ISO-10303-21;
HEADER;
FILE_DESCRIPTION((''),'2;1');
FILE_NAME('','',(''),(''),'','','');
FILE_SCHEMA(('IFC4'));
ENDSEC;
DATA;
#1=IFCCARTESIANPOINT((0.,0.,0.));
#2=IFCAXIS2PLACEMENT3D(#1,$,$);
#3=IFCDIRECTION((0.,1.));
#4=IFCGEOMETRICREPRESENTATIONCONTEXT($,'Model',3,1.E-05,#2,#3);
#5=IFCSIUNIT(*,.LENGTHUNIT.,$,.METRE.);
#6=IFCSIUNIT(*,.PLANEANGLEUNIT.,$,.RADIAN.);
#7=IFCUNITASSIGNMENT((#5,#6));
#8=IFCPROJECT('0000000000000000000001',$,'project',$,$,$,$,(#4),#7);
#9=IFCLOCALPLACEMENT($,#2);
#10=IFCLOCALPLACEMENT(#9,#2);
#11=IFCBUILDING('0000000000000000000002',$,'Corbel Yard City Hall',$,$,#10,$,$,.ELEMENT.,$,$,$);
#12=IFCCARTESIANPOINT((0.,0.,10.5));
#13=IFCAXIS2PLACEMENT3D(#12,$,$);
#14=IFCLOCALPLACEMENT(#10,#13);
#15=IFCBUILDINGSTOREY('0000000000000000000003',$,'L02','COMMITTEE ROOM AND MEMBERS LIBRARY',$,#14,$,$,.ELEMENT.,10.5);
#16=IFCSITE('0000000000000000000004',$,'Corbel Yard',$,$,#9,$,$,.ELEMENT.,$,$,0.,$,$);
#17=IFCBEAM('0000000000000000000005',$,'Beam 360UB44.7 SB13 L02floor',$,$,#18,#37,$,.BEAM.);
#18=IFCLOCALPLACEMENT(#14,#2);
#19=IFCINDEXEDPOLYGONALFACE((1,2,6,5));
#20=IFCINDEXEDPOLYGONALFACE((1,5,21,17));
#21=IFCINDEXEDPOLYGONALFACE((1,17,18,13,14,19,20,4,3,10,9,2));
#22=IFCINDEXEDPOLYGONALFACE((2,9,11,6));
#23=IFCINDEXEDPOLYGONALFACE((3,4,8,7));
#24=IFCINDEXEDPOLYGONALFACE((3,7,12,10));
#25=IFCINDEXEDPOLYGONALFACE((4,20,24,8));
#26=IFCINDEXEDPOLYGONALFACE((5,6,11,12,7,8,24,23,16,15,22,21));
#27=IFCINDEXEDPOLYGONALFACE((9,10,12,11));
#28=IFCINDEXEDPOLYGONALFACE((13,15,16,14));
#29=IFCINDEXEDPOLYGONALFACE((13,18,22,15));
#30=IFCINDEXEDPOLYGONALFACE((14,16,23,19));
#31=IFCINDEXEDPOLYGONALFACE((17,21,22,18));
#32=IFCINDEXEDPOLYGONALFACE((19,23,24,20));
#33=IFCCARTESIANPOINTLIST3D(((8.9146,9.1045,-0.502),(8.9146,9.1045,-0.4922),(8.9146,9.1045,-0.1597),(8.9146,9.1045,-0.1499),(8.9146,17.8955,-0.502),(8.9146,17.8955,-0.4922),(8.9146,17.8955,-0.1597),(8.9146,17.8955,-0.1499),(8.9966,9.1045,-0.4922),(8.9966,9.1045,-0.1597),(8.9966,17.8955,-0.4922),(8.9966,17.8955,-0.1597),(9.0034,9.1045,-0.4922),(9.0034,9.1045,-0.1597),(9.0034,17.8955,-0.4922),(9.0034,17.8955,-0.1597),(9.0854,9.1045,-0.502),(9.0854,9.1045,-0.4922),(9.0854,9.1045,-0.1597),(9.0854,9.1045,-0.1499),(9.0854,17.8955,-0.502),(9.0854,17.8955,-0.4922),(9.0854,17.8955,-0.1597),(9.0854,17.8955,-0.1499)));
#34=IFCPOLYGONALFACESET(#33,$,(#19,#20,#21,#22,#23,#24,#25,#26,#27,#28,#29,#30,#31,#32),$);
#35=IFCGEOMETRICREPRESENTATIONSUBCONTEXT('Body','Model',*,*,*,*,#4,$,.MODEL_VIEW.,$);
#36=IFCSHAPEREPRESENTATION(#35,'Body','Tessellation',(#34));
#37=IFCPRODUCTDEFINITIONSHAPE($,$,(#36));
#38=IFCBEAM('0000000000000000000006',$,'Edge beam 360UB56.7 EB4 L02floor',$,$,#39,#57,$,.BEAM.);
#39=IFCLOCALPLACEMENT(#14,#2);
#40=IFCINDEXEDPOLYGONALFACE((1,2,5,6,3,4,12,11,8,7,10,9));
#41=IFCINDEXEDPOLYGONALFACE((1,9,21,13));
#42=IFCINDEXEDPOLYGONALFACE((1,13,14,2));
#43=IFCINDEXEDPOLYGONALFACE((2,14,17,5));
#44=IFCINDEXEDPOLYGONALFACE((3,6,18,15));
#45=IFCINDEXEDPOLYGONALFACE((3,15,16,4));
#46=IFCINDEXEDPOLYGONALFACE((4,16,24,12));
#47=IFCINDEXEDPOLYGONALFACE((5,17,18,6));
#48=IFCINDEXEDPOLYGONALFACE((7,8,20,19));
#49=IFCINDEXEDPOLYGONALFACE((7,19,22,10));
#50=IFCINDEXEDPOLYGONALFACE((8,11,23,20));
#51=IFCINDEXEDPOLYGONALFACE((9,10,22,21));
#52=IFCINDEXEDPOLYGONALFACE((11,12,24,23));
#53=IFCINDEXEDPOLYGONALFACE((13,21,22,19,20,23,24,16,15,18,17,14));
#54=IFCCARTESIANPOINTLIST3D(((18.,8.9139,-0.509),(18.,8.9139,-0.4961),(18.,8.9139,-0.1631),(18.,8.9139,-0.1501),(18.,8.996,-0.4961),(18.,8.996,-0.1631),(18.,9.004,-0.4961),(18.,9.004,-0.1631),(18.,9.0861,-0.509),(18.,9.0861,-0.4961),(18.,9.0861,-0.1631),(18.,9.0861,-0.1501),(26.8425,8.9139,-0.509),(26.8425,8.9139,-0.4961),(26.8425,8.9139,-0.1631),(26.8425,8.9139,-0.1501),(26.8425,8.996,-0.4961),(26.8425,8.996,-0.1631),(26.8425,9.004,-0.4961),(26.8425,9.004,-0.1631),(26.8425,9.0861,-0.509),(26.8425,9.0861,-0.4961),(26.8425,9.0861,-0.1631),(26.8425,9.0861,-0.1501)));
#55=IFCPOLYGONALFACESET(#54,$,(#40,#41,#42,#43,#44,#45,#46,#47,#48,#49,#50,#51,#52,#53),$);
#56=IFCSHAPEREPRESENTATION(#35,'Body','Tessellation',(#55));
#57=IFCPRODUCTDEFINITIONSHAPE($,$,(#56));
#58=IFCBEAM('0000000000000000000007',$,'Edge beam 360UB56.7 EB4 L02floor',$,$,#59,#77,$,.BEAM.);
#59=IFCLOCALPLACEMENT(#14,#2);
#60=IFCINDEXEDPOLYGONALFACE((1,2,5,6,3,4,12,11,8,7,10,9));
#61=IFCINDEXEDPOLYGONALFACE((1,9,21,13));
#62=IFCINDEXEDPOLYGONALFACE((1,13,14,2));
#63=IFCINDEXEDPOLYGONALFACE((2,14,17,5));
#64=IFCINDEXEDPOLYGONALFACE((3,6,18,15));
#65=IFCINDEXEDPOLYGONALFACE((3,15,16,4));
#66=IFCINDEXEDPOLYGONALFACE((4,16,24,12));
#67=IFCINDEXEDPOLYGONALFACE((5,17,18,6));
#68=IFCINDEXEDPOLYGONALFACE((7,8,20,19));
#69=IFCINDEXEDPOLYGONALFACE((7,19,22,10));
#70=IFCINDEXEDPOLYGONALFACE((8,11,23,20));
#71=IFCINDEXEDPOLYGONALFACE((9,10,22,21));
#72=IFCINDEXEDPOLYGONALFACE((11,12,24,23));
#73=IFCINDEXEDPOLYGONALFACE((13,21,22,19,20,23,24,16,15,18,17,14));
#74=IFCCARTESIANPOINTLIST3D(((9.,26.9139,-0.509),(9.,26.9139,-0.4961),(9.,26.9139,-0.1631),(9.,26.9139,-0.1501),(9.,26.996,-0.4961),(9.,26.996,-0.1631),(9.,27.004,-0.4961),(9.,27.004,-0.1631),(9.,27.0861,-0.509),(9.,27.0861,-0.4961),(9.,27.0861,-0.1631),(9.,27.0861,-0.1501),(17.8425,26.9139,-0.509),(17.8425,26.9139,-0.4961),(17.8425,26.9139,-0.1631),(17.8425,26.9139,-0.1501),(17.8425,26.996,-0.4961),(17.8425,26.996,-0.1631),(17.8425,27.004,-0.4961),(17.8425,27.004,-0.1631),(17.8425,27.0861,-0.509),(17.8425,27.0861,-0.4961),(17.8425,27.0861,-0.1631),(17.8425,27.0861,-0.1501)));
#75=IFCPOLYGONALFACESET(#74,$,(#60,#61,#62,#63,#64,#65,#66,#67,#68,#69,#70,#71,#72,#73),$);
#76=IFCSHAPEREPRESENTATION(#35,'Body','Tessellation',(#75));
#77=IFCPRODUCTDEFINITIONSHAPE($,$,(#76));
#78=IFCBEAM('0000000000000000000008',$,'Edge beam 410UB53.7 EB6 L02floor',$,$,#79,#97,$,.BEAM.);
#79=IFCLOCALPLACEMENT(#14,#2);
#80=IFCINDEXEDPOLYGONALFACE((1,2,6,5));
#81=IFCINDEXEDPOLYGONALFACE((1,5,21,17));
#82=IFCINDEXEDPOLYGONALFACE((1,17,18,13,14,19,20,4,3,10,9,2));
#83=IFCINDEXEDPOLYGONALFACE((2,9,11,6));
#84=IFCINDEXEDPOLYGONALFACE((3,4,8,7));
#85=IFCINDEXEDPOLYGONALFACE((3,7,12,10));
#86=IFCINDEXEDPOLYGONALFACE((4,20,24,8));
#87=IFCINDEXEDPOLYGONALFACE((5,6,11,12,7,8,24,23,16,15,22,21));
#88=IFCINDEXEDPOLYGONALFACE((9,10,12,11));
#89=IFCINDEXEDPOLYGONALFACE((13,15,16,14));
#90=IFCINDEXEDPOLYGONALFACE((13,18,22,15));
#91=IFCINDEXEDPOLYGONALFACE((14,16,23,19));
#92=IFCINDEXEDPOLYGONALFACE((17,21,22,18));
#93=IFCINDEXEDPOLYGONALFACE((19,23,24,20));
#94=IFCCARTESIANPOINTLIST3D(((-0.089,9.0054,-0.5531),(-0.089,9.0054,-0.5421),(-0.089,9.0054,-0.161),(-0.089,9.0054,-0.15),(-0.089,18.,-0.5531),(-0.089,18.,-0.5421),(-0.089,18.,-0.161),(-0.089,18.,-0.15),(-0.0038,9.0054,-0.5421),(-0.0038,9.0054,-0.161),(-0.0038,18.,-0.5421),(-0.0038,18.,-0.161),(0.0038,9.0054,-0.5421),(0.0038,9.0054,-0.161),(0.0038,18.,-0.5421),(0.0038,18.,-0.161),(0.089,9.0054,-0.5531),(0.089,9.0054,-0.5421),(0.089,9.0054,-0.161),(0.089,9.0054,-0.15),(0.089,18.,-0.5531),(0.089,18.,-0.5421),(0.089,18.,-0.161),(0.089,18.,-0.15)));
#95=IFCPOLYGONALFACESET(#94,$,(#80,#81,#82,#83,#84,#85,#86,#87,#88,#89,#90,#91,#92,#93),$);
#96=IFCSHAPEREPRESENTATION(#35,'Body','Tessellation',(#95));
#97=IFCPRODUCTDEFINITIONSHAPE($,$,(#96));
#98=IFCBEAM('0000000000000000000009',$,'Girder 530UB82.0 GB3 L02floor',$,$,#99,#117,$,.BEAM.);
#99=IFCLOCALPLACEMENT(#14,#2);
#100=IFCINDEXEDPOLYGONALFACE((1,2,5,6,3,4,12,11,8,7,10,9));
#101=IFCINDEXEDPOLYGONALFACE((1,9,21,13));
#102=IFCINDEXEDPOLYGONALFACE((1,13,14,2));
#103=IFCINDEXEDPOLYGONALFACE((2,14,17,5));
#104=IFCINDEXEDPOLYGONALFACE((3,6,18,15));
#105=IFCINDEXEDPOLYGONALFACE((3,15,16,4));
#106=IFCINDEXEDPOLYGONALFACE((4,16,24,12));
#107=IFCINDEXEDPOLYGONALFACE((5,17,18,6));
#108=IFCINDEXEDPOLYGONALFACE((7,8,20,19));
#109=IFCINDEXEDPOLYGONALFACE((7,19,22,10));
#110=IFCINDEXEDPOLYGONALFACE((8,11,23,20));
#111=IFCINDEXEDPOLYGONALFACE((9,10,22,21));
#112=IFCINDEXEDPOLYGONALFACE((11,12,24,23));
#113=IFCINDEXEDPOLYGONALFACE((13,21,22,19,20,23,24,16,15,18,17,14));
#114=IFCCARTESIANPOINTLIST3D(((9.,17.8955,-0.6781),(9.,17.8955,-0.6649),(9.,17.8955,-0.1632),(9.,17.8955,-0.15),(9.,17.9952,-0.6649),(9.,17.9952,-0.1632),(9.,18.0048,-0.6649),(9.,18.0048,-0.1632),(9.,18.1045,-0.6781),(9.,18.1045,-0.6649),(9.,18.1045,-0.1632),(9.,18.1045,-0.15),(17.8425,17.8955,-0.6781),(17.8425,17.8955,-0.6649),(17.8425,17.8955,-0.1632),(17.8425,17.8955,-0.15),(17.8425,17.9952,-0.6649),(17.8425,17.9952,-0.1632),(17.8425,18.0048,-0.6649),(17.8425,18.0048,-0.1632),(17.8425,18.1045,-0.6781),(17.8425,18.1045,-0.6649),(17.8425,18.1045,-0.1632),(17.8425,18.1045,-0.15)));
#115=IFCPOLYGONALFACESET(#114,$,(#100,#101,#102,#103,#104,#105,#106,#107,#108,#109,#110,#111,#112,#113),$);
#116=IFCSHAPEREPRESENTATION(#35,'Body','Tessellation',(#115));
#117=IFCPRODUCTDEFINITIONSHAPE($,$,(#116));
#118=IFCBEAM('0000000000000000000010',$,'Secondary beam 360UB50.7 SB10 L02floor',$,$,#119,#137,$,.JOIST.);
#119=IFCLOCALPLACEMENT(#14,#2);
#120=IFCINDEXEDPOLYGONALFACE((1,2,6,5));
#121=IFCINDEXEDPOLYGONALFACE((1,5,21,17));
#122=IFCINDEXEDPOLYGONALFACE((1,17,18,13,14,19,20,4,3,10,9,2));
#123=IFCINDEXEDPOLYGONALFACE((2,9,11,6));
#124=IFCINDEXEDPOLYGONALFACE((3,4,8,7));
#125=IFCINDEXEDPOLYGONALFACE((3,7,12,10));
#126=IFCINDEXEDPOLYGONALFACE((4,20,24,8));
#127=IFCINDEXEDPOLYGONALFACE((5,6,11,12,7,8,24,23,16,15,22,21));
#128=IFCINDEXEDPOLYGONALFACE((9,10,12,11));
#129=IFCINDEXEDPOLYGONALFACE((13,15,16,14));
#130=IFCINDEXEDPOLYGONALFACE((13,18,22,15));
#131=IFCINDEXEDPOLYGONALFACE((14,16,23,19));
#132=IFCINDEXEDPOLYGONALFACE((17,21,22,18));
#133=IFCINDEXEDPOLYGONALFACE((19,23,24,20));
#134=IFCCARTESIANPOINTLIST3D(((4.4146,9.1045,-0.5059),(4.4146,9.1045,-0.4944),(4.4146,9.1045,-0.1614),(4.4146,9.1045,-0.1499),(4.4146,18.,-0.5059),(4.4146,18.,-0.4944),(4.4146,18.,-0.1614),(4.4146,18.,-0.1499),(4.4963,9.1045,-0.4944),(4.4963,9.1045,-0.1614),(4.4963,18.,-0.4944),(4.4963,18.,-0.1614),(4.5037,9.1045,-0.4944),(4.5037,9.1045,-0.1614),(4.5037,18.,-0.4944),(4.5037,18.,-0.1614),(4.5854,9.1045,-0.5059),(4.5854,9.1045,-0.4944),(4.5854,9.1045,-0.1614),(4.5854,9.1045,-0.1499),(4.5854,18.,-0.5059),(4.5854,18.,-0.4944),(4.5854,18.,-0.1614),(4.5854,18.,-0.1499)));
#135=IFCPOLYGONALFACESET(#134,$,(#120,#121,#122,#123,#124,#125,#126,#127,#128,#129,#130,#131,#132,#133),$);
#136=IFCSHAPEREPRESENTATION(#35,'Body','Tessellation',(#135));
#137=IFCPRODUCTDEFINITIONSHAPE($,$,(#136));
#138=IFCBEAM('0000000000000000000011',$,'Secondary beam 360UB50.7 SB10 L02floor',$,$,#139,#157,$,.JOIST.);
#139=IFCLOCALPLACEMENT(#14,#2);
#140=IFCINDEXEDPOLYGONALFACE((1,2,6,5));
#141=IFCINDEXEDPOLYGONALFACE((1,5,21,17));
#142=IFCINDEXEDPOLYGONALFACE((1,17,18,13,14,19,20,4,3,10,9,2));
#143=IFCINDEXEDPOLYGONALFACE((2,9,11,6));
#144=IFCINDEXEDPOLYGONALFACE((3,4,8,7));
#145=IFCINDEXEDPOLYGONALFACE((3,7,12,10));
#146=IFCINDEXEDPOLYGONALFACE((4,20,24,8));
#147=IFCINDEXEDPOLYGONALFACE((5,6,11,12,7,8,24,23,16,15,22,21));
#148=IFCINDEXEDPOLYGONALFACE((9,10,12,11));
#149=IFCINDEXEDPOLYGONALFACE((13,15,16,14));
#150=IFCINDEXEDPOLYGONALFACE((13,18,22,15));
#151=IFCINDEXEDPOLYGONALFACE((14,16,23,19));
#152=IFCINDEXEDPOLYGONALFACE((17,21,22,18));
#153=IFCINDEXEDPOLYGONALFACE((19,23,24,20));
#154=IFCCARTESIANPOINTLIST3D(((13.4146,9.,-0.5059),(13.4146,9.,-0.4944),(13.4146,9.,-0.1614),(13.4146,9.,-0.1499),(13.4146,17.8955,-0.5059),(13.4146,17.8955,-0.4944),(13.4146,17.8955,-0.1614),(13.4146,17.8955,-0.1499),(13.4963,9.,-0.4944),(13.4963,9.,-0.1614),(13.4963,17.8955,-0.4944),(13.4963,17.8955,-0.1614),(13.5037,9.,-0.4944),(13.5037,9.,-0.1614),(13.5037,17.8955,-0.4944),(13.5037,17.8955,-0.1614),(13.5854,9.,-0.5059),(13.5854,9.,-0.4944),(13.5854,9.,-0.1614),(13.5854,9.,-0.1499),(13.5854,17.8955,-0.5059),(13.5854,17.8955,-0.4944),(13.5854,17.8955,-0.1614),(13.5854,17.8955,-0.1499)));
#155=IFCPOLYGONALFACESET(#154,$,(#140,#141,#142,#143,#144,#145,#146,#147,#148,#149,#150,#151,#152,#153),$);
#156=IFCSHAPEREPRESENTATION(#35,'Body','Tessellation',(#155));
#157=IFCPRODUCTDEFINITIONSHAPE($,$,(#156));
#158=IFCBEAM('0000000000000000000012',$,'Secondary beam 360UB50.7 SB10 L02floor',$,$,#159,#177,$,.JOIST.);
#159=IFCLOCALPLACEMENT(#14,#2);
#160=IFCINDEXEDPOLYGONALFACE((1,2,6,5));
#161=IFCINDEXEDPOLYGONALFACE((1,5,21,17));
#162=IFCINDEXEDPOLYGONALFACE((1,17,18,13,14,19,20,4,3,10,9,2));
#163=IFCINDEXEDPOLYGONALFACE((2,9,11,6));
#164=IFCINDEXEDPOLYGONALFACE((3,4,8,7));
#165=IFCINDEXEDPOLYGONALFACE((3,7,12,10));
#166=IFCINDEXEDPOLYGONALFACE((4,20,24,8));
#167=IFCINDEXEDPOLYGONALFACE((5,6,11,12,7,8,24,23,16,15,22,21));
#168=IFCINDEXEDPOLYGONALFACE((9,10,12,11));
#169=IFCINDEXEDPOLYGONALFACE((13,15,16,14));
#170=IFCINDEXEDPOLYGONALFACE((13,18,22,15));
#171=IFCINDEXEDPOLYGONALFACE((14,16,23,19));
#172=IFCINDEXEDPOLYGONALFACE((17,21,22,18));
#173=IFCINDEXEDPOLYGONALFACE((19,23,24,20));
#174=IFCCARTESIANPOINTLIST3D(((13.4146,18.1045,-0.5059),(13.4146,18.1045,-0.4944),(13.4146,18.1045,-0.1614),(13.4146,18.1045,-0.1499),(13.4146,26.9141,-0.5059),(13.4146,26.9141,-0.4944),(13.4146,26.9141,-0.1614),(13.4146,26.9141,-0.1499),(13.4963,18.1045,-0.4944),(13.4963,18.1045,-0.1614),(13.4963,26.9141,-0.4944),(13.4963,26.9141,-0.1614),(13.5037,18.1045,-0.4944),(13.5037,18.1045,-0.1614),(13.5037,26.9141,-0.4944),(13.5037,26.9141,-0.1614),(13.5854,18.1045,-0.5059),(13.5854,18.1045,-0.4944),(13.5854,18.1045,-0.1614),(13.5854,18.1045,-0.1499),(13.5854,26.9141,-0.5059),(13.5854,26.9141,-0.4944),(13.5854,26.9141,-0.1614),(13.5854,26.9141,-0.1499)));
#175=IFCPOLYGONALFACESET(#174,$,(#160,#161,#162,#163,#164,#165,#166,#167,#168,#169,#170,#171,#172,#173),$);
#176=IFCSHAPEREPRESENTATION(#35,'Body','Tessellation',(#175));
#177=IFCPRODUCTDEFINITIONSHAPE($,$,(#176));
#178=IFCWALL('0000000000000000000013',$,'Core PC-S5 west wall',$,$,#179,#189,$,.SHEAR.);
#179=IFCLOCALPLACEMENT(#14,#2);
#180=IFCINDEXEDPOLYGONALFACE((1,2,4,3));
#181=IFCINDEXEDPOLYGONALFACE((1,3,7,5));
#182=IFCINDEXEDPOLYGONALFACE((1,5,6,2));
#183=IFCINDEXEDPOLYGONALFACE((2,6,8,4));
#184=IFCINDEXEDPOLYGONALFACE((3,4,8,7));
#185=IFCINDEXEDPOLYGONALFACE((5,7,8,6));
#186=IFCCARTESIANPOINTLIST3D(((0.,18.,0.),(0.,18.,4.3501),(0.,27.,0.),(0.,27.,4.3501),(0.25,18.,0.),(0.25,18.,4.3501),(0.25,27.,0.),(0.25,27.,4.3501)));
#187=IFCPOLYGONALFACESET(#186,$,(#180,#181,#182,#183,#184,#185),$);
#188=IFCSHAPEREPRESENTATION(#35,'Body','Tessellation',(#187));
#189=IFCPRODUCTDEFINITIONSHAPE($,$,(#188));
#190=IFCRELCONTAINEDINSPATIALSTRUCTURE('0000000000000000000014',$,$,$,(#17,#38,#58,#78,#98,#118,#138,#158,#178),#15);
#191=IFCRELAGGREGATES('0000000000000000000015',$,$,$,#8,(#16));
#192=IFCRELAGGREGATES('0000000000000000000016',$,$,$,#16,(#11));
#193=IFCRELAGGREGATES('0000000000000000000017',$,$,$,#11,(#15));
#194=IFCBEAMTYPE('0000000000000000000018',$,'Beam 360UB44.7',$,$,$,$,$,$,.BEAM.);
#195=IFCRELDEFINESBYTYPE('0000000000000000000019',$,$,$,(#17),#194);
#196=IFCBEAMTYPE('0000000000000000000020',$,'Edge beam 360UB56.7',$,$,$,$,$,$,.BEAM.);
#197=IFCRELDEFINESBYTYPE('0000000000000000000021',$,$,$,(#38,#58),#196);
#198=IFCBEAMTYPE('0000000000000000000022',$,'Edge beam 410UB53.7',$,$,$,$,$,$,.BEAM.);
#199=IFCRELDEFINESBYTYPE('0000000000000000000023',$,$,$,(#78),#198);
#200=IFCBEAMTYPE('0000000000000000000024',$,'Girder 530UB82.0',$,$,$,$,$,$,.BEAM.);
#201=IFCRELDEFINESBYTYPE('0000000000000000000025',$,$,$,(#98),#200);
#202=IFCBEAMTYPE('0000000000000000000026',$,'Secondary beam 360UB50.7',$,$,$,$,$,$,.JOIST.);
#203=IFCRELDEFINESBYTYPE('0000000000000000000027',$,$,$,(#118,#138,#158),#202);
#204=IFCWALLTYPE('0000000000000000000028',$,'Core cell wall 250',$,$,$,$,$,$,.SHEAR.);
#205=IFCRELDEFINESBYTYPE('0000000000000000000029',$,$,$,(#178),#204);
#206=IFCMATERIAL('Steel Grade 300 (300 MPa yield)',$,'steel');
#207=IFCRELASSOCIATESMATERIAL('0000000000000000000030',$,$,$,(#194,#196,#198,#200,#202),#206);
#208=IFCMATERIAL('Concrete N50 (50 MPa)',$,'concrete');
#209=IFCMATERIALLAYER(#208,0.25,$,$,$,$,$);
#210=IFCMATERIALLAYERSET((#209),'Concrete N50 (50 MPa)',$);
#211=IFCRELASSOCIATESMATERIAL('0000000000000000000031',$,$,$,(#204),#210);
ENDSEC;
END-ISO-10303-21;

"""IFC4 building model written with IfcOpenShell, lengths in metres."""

from ifc_helpers import new_model, si_unit, direction, frame, frame_2d, origin, origin_2d, place, context, subcontext, project, spatial, rectangle, i_section, extrude, material, layer, layer_set, material_profile, profile_set, type_object, element, save


model = new_model("IFC4")

# Units and contexts
model_context = context("Model", 3, precision=1e-05, world=origin(), true_north=direction((0.0, 1.0)))
body_context = subcontext(model_context, "Body", "Model", "MODEL_VIEW")
ifc_project = project(units=[si_unit("LENGTHUNIT", "METRE"), si_unit("PLANEANGLEUNIT", "RADIAN")], contexts=[model_context])

# Site, building, storey
site_placement = place(None, origin())
site = spatial("IfcSite", under=ifc_project, at=site_placement, Name="Corbel Yard", CompositionType="ELEMENT", RefElevation=0.0)
building_placement = place(site_placement, origin())
building = spatial("IfcBuilding", under=site, at=building_placement, Name="Corbel Yard City Hall", CompositionType="ELEMENT")
storey_placement = place(building_placement, frame((0.0, 0.0, 10.5)))
storey = spatial("IfcBuildingStorey", under=building, at=storey_placement, Name="L02", Description="COMMITTEE ROOM AND MEMBERS LIBRARY", CompositionType="ELEMENT", Elevation=10.5)

# Beams
ifc_material_1 = material(Name="Steel Grade 300 (300 MPa yield)", Category="steel")
ifc_material_profile_1 = material_profile(ifc_material_1, i_section(OverallWidth=0.1709, OverallDepth=0.3521, WebThickness=0.0068, FlangeThickness=0.0098, at=origin_2d()), Name="360UB44.7")
ifc_profile_set_1 = profile_set([ifc_material_profile_1], Name="Steel Grade 300 (300 MPa yield)")
beam_type_1 = type_object("IfcBeamType", Name="Beam 360UB44.7", PredefinedType="BEAM", material=ifc_profile_set_1)
beam_1_placement = place(storey_placement, frame((9.0, 9.1045, -0.3259), z_axis=(0.0, 1.0, 0.0), x_axis=(-1.0, 0.0, 0.0)))
element("IfcBeam", 1, at=beam_1_placement, inside=storey, type_object=beam_type_1, Name="Beam 360UB44.7 SB13 L02floor", PredefinedType="BEAM", context=body_context, shape_type="SweptSolid", body=[
    extrude(i_section(OverallWidth=0.1709, OverallDepth=0.3521, WebThickness=0.0068, FlangeThickness=0.0098, at=origin_2d()), origin(), (0.0, 0.0, 1.0), 8.791),
])
ifc_material_profile_2 = material_profile(ifc_material_1, i_section(OverallWidth=0.1721, OverallDepth=0.3589, WebThickness=0.0081, FlangeThickness=0.0129, at=origin_2d()), Name="360UB56.7")
ifc_profile_set_2 = profile_set([ifc_material_profile_2], Name="Steel Grade 300 (300 MPa yield)")
beam_type_2 = type_object("IfcBeamType", Name="Edge beam 360UB56.7", PredefinedType="BEAM", material=ifc_profile_set_2)
for number, where, z_axis, x_axis, name in (
    (2, (18.0, 9.0, -0.3296), (1.0, 0.0, 0.0), (0.0, 1.0, 0.0), "Edge beam 360UB56.7 EB4 L02floor"),
    (3, (9.0, 27.0, -0.3296), (1.0, 0.0, 0.0), (0.0, 1.0, 0.0), "Edge beam 360UB56.7 EB4 L02floor"),
):
    element("IfcBeam", number, at=place(storey_placement, frame(where, z_axis=z_axis, x_axis=x_axis)), inside=storey, type_object=beam_type_2, Name=name, PredefinedType="BEAM", context=body_context, shape_type="SweptSolid", body=[
        extrude(i_section(OverallWidth=0.1721, OverallDepth=0.3589, WebThickness=0.0081, FlangeThickness=0.0129, at=origin_2d()), origin(), (0.0, 0.0, 1.0), 8.8425),
    ])
ifc_material_profile_3 = material_profile(ifc_material_1, i_section(OverallWidth=0.178, OverallDepth=0.4031, WebThickness=0.0076, FlangeThickness=0.011, at=origin_2d()), Name="410UB53.7")
ifc_profile_set_3 = profile_set([ifc_material_profile_3], Name="Steel Grade 300 (300 MPa yield)")
beam_type_3 = type_object("IfcBeamType", Name="Edge beam 410UB53.7", PredefinedType="BEAM", material=ifc_profile_set_3)
beam_2_placement = place(storey_placement, frame((0.0, 9.0054, -0.3516), z_axis=(0.0, 1.0, 0.0), x_axis=(-1.0, 0.0, 0.0)))
element("IfcBeam", 4, at=beam_2_placement, inside=storey, type_object=beam_type_3, Name="Edge beam 410UB53.7 EB6 L02floor", PredefinedType="BEAM", context=body_context, shape_type="SweptSolid", body=[
    extrude(i_section(OverallWidth=0.178, OverallDepth=0.4031, WebThickness=0.0076, FlangeThickness=0.011, at=origin_2d()), origin(), (0.0, 0.0, 1.0), 8.9946),
])
ifc_material_profile_4 = material_profile(ifc_material_1, i_section(OverallWidth=0.209, OverallDepth=0.5281, WebThickness=0.0095, FlangeThickness=0.0132, at=origin_2d()), Name="530UB82.0")
ifc_profile_set_4 = profile_set([ifc_material_profile_4], Name="Steel Grade 300 (300 MPa yield)")
beam_type_4 = type_object("IfcBeamType", Name="Girder 530UB82.0", PredefinedType="BEAM", material=ifc_profile_set_4)
beam_3_placement = place(storey_placement, frame((9.0, 18.0, -0.4141), z_axis=(1.0, 0.0, 0.0), x_axis=(0.0, 1.0, 0.0)))
element("IfcBeam", 5, at=beam_3_placement, inside=storey, type_object=beam_type_4, Name="Girder 530UB82.0 GB3 L02floor", PredefinedType="BEAM", context=body_context, shape_type="SweptSolid", body=[
    extrude(i_section(OverallWidth=0.209, OverallDepth=0.5281, WebThickness=0.0095, FlangeThickness=0.0132, at=origin_2d()), origin(), (0.0, 0.0, 1.0), 8.8425),
])
ifc_material_profile_5 = material_profile(ifc_material_1, i_section(OverallWidth=0.1709, OverallDepth=0.356, WebThickness=0.0073, FlangeThickness=0.0115, at=origin_2d()), Name="360UB50.7")
ifc_profile_set_5 = profile_set([ifc_material_profile_5], Name="Steel Grade 300 (300 MPa yield)")
beam_type_5 = type_object("IfcBeamType", Name="Secondary beam 360UB50.7", PredefinedType="JOIST", material=ifc_profile_set_5)
for number, where, z_axis, x_axis, name in (
    (6, (4.5, 9.1045, -0.3279), (0.0, 1.0, 0.0), (-1.0, 0.0, 0.0), "Secondary beam 360UB50.7 SB10 L02floor"),
    (7, (13.5, 9.0, -0.3279), (0.0, 1.0, 0.0), (-1.0, 0.0, 0.0), "Secondary beam 360UB50.7 SB10 L02floor"),
):
    element("IfcBeam", number, at=place(storey_placement, frame(where, z_axis=z_axis, x_axis=x_axis)), inside=storey, type_object=beam_type_5, Name=name, PredefinedType="JOIST", context=body_context, shape_type="SweptSolid", body=[
        extrude(i_section(OverallWidth=0.1709, OverallDepth=0.356, WebThickness=0.0073, FlangeThickness=0.0115, at=origin_2d()), origin(), (0.0, 0.0, 1.0), 8.8955),
    ])
beam_4_placement = place(storey_placement, frame((13.5, 18.1045, -0.3279), z_axis=(0.0, 1.0, 0.0), x_axis=(-1.0, 0.0, 0.0)))
element("IfcBeam", 8, at=beam_4_placement, inside=storey, type_object=beam_type_5, Name="Secondary beam 360UB50.7 SB10 L02floor", PredefinedType="JOIST", context=body_context, shape_type="SweptSolid", body=[
    extrude(i_section(OverallWidth=0.1709, OverallDepth=0.356, WebThickness=0.0073, FlangeThickness=0.0115, at=origin_2d()), origin(), (0.0, 0.0, 1.0), 8.8096),
])

# Wall
ifc_material_2 = material(Name="Concrete N50 (50 MPa)", Category="concrete")
ifc_layer_1 = layer(ifc_material_2, 0.25)
ifc_layer_set_1 = layer_set([ifc_layer_1], Name="Concrete N50 (50 MPa)")
wall_type_1 = type_object("IfcWallType", Name="Core cell wall 250", PredefinedType="SHEAR", material=ifc_layer_set_1)
for number, where, z_axis, x_axis, name in (
    (9, (0.125, 18.0, 0.0), (0.0, 0.0, 1.0), (0.0, 1.0, 0.0), "Core PC-S5 west wall"),
):
    element("IfcWall", number, at=place(storey_placement, frame(where, z_axis=z_axis, x_axis=x_axis)), inside=storey, type_object=wall_type_1, Name=name, PredefinedType="SHEAR", context=body_context, shape_type="SweptSolid", body=[
        extrude(rectangle(XDim=9.0, YDim=0.25, at=frame_2d((4.5, 0.0))), origin(), (0.0, 0.0, 1.0), 4.3501),
    ])

save(model, "model.ifc")
